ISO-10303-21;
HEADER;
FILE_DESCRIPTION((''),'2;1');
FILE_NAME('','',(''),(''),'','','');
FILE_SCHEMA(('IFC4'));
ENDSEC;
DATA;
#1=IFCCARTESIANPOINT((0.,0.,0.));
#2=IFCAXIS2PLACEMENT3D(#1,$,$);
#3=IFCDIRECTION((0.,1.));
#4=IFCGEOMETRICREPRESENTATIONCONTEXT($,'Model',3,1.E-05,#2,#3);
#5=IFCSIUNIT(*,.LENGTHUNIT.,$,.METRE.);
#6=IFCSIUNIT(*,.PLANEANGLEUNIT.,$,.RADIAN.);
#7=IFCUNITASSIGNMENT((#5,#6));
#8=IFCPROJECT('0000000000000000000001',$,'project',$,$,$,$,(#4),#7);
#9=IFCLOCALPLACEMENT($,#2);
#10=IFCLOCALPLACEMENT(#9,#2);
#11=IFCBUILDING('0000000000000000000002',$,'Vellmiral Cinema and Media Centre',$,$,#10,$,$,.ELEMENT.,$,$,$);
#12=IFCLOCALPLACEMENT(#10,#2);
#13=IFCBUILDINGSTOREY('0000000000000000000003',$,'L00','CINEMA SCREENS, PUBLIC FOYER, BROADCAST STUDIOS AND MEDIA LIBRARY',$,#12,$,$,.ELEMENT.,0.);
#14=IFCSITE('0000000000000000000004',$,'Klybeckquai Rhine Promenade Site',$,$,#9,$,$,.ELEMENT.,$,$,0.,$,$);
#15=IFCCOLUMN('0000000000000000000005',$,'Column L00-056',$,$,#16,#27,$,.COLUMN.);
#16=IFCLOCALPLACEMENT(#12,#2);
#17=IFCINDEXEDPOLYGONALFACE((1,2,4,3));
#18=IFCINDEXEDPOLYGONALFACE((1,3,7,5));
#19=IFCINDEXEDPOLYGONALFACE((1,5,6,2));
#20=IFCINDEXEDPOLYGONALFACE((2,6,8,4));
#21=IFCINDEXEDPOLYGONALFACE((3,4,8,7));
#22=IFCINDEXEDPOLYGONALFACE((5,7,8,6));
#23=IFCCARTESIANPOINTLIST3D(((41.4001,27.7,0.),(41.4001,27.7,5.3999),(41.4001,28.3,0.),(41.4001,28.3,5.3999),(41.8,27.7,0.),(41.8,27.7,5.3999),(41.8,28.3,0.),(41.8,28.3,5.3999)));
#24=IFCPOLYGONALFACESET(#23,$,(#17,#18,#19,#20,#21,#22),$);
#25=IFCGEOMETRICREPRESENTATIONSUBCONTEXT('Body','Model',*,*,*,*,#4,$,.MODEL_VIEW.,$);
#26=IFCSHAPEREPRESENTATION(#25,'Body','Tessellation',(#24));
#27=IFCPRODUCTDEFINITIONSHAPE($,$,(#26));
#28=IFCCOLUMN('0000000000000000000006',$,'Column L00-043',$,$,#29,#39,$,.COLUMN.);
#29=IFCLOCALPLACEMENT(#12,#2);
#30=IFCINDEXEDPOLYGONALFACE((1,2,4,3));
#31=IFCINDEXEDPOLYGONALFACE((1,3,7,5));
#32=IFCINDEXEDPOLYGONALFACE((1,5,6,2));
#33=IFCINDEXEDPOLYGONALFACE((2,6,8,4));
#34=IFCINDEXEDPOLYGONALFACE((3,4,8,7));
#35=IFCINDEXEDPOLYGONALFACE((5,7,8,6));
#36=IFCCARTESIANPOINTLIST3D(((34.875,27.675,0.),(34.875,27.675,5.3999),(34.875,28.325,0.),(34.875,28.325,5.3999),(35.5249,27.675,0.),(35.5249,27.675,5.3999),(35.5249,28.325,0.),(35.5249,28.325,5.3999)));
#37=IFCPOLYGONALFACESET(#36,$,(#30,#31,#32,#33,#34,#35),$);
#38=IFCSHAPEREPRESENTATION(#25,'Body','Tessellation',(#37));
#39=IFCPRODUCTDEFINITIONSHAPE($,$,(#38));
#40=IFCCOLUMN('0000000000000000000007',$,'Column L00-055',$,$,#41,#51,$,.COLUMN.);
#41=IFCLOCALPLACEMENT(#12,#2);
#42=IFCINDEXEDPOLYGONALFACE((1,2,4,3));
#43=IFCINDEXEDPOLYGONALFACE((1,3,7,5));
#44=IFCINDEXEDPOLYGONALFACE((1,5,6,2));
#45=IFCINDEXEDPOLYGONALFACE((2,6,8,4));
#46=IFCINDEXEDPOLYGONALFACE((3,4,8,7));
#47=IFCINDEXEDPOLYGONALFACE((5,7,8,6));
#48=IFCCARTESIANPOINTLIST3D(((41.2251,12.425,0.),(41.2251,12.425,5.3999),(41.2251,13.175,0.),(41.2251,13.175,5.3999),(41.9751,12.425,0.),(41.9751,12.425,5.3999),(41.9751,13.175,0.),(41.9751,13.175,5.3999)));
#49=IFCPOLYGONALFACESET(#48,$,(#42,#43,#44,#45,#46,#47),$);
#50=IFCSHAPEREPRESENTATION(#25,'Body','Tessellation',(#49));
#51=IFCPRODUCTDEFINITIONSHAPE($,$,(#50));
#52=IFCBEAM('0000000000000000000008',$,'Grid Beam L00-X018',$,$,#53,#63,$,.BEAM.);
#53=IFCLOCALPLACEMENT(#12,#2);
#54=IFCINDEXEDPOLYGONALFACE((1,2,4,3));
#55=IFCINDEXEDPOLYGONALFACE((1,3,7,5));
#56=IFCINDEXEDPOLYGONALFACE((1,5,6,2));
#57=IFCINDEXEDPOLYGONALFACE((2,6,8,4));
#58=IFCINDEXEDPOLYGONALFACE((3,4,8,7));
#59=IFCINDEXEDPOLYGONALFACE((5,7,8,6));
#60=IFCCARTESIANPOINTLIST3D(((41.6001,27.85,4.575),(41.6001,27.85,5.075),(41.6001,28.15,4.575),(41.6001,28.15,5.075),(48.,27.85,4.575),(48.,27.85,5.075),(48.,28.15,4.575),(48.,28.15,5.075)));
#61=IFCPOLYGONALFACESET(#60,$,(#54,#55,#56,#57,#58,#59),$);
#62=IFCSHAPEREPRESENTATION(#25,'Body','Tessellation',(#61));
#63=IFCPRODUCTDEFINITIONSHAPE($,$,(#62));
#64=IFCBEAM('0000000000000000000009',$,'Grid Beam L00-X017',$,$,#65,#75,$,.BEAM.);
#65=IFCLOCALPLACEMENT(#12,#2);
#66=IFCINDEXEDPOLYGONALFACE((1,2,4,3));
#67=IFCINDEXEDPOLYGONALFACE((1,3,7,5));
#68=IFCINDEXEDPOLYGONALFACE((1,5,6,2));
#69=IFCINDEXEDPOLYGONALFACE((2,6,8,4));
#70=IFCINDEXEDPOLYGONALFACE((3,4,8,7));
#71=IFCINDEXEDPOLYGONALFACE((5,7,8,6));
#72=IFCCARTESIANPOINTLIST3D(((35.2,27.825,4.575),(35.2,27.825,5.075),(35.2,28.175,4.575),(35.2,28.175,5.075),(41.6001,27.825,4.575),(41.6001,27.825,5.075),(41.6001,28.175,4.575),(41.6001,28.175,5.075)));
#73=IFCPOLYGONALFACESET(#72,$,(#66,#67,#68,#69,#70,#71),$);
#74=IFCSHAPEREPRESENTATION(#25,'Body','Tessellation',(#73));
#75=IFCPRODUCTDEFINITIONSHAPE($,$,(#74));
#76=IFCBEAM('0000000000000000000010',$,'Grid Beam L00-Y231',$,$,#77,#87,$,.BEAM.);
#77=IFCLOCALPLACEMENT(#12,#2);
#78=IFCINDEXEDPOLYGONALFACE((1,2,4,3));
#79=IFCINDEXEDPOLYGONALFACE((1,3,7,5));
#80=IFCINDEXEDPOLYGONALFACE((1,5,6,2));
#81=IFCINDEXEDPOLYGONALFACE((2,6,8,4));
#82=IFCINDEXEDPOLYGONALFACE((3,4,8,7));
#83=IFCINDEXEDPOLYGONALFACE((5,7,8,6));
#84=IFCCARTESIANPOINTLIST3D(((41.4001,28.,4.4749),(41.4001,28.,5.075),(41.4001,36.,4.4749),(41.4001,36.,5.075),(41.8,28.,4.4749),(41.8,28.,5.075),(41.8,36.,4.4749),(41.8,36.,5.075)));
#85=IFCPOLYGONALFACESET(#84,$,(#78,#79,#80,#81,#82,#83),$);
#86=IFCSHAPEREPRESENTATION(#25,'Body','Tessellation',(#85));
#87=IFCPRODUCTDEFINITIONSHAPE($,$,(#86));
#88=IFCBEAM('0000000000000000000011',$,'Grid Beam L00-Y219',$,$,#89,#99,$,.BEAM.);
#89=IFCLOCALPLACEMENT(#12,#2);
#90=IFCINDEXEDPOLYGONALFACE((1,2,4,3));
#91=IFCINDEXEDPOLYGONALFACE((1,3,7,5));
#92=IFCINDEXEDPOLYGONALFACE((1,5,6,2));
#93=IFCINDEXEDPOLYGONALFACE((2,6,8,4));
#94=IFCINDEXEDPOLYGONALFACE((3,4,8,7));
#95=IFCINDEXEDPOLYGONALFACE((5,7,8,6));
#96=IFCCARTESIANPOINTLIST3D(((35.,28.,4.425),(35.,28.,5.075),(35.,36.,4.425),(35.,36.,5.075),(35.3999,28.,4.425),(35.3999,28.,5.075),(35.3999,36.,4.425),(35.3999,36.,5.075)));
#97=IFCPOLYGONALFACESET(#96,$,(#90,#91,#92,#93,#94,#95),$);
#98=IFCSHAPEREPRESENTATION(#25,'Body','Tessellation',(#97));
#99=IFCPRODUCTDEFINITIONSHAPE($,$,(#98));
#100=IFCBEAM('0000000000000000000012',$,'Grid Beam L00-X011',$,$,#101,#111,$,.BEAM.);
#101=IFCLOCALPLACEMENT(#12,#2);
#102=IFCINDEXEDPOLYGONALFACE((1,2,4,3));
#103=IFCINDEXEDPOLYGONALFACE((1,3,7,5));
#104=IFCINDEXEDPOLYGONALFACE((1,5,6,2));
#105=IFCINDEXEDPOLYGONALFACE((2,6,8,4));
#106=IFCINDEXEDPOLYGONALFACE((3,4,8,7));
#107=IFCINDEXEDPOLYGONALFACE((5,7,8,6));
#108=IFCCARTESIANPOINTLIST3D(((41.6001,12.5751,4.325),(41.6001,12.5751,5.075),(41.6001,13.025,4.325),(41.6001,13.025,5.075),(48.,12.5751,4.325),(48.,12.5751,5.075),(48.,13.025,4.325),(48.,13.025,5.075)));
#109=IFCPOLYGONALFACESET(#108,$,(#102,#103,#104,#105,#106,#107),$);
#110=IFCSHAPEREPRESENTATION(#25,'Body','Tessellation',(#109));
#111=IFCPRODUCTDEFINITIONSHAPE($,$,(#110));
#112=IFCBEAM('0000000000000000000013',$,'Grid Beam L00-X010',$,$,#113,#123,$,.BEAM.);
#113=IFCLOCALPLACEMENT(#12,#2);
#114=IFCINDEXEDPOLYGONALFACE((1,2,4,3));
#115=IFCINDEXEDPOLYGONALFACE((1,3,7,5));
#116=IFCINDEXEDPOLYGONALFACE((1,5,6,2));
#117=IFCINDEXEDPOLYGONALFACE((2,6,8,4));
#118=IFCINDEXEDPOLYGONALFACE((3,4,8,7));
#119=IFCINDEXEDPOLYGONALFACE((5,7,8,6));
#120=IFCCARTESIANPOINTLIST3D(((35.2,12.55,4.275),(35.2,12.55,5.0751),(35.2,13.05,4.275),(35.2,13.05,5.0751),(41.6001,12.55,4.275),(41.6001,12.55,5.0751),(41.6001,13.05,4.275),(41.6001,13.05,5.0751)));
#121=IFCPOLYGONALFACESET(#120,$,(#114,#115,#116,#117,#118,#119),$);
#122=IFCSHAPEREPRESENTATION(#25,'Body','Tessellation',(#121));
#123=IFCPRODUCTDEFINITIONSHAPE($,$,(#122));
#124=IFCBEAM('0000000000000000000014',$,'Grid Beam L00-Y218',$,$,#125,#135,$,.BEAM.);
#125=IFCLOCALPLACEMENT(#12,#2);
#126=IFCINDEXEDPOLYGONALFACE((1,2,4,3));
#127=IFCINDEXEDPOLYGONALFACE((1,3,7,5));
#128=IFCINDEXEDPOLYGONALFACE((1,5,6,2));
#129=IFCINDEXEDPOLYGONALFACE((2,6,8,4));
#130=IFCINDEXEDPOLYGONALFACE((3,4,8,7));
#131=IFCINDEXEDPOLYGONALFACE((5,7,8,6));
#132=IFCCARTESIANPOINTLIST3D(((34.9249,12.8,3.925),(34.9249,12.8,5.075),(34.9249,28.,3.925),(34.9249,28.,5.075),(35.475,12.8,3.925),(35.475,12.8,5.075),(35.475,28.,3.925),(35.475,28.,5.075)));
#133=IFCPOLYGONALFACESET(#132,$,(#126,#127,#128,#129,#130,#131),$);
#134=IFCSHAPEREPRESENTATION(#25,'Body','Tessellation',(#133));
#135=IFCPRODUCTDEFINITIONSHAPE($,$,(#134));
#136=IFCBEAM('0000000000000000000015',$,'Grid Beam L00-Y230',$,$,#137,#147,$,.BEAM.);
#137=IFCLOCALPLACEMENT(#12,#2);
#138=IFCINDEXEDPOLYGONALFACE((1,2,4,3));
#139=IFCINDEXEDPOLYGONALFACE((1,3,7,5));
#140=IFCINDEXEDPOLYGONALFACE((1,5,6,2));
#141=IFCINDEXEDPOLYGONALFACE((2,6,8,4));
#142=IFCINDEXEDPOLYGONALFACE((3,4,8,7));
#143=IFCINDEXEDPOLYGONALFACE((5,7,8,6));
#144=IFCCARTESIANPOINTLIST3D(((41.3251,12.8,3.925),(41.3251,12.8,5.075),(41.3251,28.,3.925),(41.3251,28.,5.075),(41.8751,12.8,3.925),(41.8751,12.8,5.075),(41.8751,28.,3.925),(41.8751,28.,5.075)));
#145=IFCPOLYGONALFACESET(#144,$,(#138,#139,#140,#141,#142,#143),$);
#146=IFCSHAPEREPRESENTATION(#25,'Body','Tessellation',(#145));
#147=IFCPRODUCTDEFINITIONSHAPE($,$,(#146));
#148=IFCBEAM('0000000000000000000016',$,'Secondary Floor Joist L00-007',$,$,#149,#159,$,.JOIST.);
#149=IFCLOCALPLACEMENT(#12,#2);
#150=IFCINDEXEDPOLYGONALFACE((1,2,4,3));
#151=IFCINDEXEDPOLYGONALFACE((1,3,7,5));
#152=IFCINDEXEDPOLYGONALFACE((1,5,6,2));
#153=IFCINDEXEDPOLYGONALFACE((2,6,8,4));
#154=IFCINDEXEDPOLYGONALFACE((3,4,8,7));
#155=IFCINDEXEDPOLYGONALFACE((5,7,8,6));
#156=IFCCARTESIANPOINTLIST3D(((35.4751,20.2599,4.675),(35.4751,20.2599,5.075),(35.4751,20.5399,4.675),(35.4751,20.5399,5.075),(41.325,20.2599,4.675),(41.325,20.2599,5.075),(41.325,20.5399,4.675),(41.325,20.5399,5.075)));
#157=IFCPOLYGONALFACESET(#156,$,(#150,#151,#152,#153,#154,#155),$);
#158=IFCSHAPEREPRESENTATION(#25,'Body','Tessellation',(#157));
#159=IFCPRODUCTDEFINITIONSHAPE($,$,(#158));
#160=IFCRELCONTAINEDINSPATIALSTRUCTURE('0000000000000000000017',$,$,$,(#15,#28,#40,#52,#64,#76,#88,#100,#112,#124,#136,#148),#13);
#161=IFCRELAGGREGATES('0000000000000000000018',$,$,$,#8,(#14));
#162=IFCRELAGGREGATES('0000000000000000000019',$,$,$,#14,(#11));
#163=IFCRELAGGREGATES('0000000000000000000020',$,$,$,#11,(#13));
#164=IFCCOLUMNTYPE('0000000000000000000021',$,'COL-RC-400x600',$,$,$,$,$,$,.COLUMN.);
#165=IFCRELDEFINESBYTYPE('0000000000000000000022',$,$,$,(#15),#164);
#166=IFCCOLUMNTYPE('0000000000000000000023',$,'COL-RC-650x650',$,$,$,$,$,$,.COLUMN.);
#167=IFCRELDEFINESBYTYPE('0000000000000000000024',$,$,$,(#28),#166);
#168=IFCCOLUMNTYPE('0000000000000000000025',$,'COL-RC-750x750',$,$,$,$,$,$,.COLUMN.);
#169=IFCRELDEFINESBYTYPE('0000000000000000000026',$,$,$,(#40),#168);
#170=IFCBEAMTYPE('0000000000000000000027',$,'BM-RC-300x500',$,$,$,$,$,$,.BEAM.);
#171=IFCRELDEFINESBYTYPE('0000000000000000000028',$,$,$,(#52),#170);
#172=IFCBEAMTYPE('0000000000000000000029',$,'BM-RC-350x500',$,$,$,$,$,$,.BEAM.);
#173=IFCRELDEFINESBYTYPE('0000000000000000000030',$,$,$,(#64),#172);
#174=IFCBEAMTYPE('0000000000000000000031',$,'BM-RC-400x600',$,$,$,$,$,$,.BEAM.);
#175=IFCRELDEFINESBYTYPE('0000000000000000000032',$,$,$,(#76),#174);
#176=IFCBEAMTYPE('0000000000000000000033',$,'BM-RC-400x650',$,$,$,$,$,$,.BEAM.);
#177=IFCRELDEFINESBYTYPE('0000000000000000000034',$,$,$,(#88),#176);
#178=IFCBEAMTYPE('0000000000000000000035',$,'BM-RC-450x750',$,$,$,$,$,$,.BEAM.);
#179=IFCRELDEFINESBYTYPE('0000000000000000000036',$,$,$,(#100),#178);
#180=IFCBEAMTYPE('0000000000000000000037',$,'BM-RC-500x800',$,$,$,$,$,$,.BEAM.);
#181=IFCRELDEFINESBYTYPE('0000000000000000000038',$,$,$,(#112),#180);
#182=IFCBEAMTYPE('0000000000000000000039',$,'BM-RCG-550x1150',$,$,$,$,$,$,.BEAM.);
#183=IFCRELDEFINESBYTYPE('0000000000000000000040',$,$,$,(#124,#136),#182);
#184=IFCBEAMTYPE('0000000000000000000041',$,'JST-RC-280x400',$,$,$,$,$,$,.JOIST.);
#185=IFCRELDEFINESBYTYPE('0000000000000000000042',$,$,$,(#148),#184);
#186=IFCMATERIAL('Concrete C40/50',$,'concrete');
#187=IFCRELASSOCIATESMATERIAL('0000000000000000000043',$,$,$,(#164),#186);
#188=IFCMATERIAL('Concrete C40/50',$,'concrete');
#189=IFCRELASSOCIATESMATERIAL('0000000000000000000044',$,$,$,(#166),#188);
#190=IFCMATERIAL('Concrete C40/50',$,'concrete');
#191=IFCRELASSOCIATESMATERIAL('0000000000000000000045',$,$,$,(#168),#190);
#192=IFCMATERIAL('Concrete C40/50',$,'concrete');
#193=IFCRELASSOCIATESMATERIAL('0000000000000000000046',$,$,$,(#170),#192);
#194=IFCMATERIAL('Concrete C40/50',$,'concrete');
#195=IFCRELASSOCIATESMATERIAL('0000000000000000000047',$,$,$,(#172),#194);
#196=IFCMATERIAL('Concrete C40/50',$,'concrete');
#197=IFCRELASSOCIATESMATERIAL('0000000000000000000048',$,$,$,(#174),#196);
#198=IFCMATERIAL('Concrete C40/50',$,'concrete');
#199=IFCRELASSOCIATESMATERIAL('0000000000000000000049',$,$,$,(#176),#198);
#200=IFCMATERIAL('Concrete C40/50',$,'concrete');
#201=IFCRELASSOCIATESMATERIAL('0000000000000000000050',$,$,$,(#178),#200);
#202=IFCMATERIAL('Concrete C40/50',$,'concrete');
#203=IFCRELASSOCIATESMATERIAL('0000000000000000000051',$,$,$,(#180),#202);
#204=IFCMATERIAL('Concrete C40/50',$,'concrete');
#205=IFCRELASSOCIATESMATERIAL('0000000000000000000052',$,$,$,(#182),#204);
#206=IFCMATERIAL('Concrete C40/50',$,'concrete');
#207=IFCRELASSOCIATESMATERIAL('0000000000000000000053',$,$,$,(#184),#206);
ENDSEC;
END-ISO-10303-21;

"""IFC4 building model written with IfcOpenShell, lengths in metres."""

from ifc_helpers import new_model, si_unit, direction, frame, origin, origin_2d, place, context, subcontext, project, spatial, rectangle, extrude, material, material_profile, profile_set, type_object, element, save


model = new_model("IFC4")

# Units and contexts
model_context = context("Model", 3, precision=1e-05, world=origin(), true_north=direction((0.0, 1.0)))
body_context = subcontext(model_context, "Body", "Model", "MODEL_VIEW")
ifc_project = project(units=[si_unit("LENGTHUNIT", "METRE"), si_unit("PLANEANGLEUNIT", "RADIAN")], contexts=[model_context])

# Site, building, storey
site_placement = place(None, origin())
site = spatial("IfcSite", under=ifc_project, at=site_placement, Name="Klybeckquai Rhine Promenade Site", CompositionType="ELEMENT", RefElevation=0.0)
building_placement = place(site_placement, origin())
building = spatial("IfcBuilding", under=site, at=building_placement, Name="Vellmiral Cinema and Media Centre", CompositionType="ELEMENT")
storey_placement = place(building_placement, origin())
storey = spatial("IfcBuildingStorey", under=building, at=storey_placement, Name="L00", Description="CINEMA SCREENS, PUBLIC FOYER, BROADCAST STUDIOS AND MEDIA LIBRARY", CompositionType="ELEMENT", Elevation=0.0)

# Columns
ifc_material_1 = material(Name="Concrete C40/50", Category="concrete")
ifc_material_profile_1 = material_profile(ifc_material_1, rectangle(XDim=0.3999, YDim=0.6001, at=origin_2d()), Name="RC 400x600")
ifc_profile_set_1 = profile_set([ifc_material_profile_1], Name="Concrete C40/50")
column_type_1 = type_object("IfcColumnType", Name="COL-RC-400x600", PredefinedType="COLUMN", material=ifc_profile_set_1)
column_1_placement = place(storey_placement, frame((41.6001, 28.0, 0.0), z_axis=(0.0, 0.0, 1.0), x_axis=(1.0, 0.0, 0.0)))
element("IfcColumn", 1, at=column_1_placement, inside=storey, type_object=column_type_1, Name="Column L00-056", PredefinedType="COLUMN", context=body_context, shape_type="SweptSolid", body=[
    extrude(rectangle(XDim=0.3999, YDim=0.6001, at=origin_2d()), origin(), (0.0, 0.0, 1.0), 5.3999),
])
ifc_material_2 = material(Name="Concrete C40/50", Category="concrete")
ifc_material_profile_2 = material_profile(ifc_material_2, rectangle(XDim=0.6499, YDim=0.6499, at=origin_2d()), Name="RC 650x650")
ifc_profile_set_2 = profile_set([ifc_material_profile_2], Name="Concrete C40/50")
column_type_2 = type_object("IfcColumnType", Name="COL-RC-650x650", PredefinedType="COLUMN", material=ifc_profile_set_2)
column_2_placement = place(storey_placement, frame((35.2, 28.0, 0.0), z_axis=(0.0, 0.0, 1.0), x_axis=(1.0, 0.0, 0.0)))
element("IfcColumn", 2, at=column_2_placement, inside=storey, type_object=column_type_2, Name="Column L00-043", PredefinedType="COLUMN", context=body_context, shape_type="SweptSolid", body=[
    extrude(rectangle(XDim=0.6499, YDim=0.6499, at=origin_2d()), origin(), (0.0, 0.0, 1.0), 5.3999),
])
ifc_material_3 = material(Name="Concrete C40/50", Category="concrete")
ifc_material_profile_3 = material_profile(ifc_material_3, rectangle(XDim=0.75, YDim=0.75, at=origin_2d()), Name="RC 750x750")
ifc_profile_set_3 = profile_set([ifc_material_profile_3], Name="Concrete C40/50")
column_type_3 = type_object("IfcColumnType", Name="COL-RC-750x750", PredefinedType="COLUMN", material=ifc_profile_set_3)
column_3_placement = place(storey_placement, frame((41.6001, 12.8, 0.0), z_axis=(0.0, 0.0, 1.0), x_axis=(1.0, 0.0, 0.0)))
element("IfcColumn", 3, at=column_3_placement, inside=storey, type_object=column_type_3, Name="Column L00-055", PredefinedType="COLUMN", context=body_context, shape_type="SweptSolid", body=[
    extrude(rectangle(XDim=0.75, YDim=0.75, at=origin_2d()), origin(), (0.0, 0.0, 1.0), 5.3999),
])

# Beams
ifc_material_4 = material(Name="Concrete C40/50", Category="concrete")
ifc_material_profile_4 = material_profile(ifc_material_4, rectangle(XDim=0.3, YDim=0.5, at=origin_2d()), Name="RC 300x500")
ifc_profile_set_4 = profile_set([ifc_material_profile_4], Name="Concrete C40/50")
beam_type_1 = type_object("IfcBeamType", Name="BM-RC-300x500", PredefinedType="BEAM", material=ifc_profile_set_4)
beam_1_placement = place(storey_placement, frame((41.6001, 28.0, 4.825), z_axis=(1.0, 0.0, 0.0), x_axis=(0.0, 1.0, 0.0)))
element("IfcBeam", 4, at=beam_1_placement, inside=storey, type_object=beam_type_1, Name="Grid Beam L00-X018", PredefinedType="BEAM", context=body_context, shape_type="SweptSolid", body=[
    extrude(rectangle(XDim=0.3, YDim=0.5, at=origin_2d()), origin(), (0.0, 0.0, 1.0), 6.3999),
])
ifc_material_5 = material(Name="Concrete C40/50", Category="concrete")
ifc_material_profile_5 = material_profile(ifc_material_5, rectangle(XDim=0.3501, YDim=0.5, at=origin_2d()), Name="RC 350x500")
ifc_profile_set_5 = profile_set([ifc_material_profile_5], Name="Concrete C40/50")
beam_type_2 = type_object("IfcBeamType", Name="BM-RC-350x500", PredefinedType="BEAM", material=ifc_profile_set_5)
beam_2_placement = place(storey_placement, frame((35.2, 28.0, 4.825), z_axis=(1.0, 0.0, 0.0), x_axis=(0.0, 1.0, 0.0)))
element("IfcBeam", 5, at=beam_2_placement, inside=storey, type_object=beam_type_2, Name="Grid Beam L00-X017", PredefinedType="BEAM", context=body_context, shape_type="SweptSolid", body=[
    extrude(rectangle(XDim=0.3501, YDim=0.5, at=origin_2d()), origin(), (0.0, 0.0, 1.0), 6.4001),
])
ifc_material_6 = material(Name="Concrete C40/50", Category="concrete")
ifc_material_profile_6 = material_profile(ifc_material_6, rectangle(XDim=0.3999, YDim=0.6001, at=origin_2d()), Name="RC 400x600")
ifc_profile_set_6 = profile_set([ifc_material_profile_6], Name="Concrete C40/50")
beam_type_3 = type_object("IfcBeamType", Name="BM-RC-400x600", PredefinedType="BEAM", material=ifc_profile_set_6)
beam_3_placement = place(storey_placement, frame((41.6001, 28.0, 4.7749), z_axis=(0.0, 1.0, 0.0), x_axis=(-1.0, 0.0, 0.0)))
element("IfcBeam", 6, at=beam_3_placement, inside=storey, type_object=beam_type_3, Name="Grid Beam L00-Y231", PredefinedType="BEAM", context=body_context, shape_type="SweptSolid", body=[
    extrude(rectangle(XDim=0.3999, YDim=0.6001, at=origin_2d()), origin(), (0.0, 0.0, 1.0), 8.0),
])
ifc_material_7 = material(Name="Concrete C40/50", Category="concrete")
ifc_material_profile_7 = material_profile(ifc_material_7, rectangle(XDim=0.3999, YDim=0.6499, at=origin_2d()), Name="RC 400x650")
ifc_profile_set_7 = profile_set([ifc_material_profile_7], Name="Concrete C40/50")
beam_type_4 = type_object("IfcBeamType", Name="BM-RC-400x650", PredefinedType="BEAM", material=ifc_profile_set_7)
beam_4_placement = place(storey_placement, frame((35.2, 28.0, 4.75), z_axis=(0.0, 1.0, 0.0), x_axis=(-1.0, 0.0, 0.0)))
element("IfcBeam", 7, at=beam_4_placement, inside=storey, type_object=beam_type_4, Name="Grid Beam L00-Y219", PredefinedType="BEAM", context=body_context, shape_type="SweptSolid", body=[
    extrude(rectangle(XDim=0.3999, YDim=0.6499, at=origin_2d()), origin(), (0.0, 0.0, 1.0), 8.0),
])
ifc_material_8 = material(Name="Concrete C40/50", Category="concrete")
ifc_material_profile_8 = material_profile(ifc_material_8, rectangle(XDim=0.45, YDim=0.75, at=origin_2d()), Name="RC 450x750")
ifc_profile_set_8 = profile_set([ifc_material_profile_8], Name="Concrete C40/50")
beam_type_5 = type_object("IfcBeamType", Name="BM-RC-450x750", PredefinedType="BEAM", material=ifc_profile_set_8)
beam_5_placement = place(storey_placement, frame((41.6001, 12.8, 4.7), z_axis=(1.0, 0.0, 0.0), x_axis=(0.0, 1.0, 0.0)))
element("IfcBeam", 8, at=beam_5_placement, inside=storey, type_object=beam_type_5, Name="Grid Beam L00-X011", PredefinedType="BEAM", context=body_context, shape_type="SweptSolid", body=[
    extrude(rectangle(XDim=0.45, YDim=0.75, at=origin_2d()), origin(), (0.0, 0.0, 1.0), 6.3999),
])
ifc_material_9 = material(Name="Concrete C40/50", Category="concrete")
ifc_material_profile_9 = material_profile(ifc_material_9, rectangle(XDim=0.5, YDim=0.8, at=origin_2d()), Name="RC 500x800")
ifc_profile_set_9 = profile_set([ifc_material_profile_9], Name="Concrete C40/50")
beam_type_6 = type_object("IfcBeamType", Name="BM-RC-500x800", PredefinedType="BEAM", material=ifc_profile_set_9)
beam_6_placement = place(storey_placement, frame((35.2, 12.8, 4.675), z_axis=(1.0, 0.0, 0.0), x_axis=(0.0, 1.0, 0.0)))
element("IfcBeam", 9, at=beam_6_placement, inside=storey, type_object=beam_type_6, Name="Grid Beam L00-X010", PredefinedType="BEAM", context=body_context, shape_type="SweptSolid", body=[
    extrude(rectangle(XDim=0.5, YDim=0.8, at=origin_2d()), origin(), (0.0, 0.0, 1.0), 6.4001),
])
ifc_material_10 = material(Name="Concrete C40/50", Category="concrete")
ifc_material_profile_10 = material_profile(ifc_material_10, rectangle(XDim=0.55, YDim=1.1499, at=origin_2d()), Name="RC 550x1150")
ifc_profile_set_10 = profile_set([ifc_material_profile_10], Name="Concrete C40/50")
beam_type_7 = type_object("IfcBeamType", Name="BM-RCG-550x1150", PredefinedType="BEAM", material=ifc_profile_set_10)
for number, where, z_axis, x_axis, name in (
    (10, (35.2, 12.8, 4.5), (0.0, 1.0, 0.0), (-1.0, 0.0, 0.0), "Grid Beam L00-Y218"),
    (11, (41.6001, 12.8, 4.5), (0.0, 1.0, 0.0), (-1.0, 0.0, 0.0), "Grid Beam L00-Y230"),
):
    element("IfcBeam", number, at=place(storey_placement, frame(where, z_axis=z_axis, x_axis=x_axis)), inside=storey, type_object=beam_type_7, Name=name, PredefinedType="BEAM", context=body_context, shape_type="SweptSolid", body=[
        extrude(rectangle(XDim=0.55, YDim=1.1499, at=origin_2d()), origin(), (0.0, 0.0, 1.0), 15.2),
    ])
ifc_material_11 = material(Name="Concrete C40/50", Category="concrete")
ifc_material_profile_11 = material_profile(ifc_material_11, rectangle(XDim=0.28, YDim=0.3999, at=origin_2d()), Name="RC 280x400")
ifc_profile_set_11 = profile_set([ifc_material_profile_11], Name="Concrete C40/50")
beam_type_8 = type_object("IfcBeamType", Name="JST-RC-280x400", PredefinedType="JOIST", material=ifc_profile_set_11)
beam_7_placement = place(storey_placement, frame((35.4751, 20.3999, 4.875), z_axis=(1.0, 0.0, 0.0), x_axis=(0.0, 1.0, 0.0)))
element("IfcBeam", 12, at=beam_7_placement, inside=storey, type_object=beam_type_8, Name="Secondary Floor Joist L00-007", PredefinedType="JOIST", context=body_context, shape_type="SweptSolid", body=[
    extrude(rectangle(XDim=0.28, YDim=0.3999, at=origin_2d()), origin(), (0.0, 0.0, 1.0), 5.8499),
])

save(model, "model.ifc")
